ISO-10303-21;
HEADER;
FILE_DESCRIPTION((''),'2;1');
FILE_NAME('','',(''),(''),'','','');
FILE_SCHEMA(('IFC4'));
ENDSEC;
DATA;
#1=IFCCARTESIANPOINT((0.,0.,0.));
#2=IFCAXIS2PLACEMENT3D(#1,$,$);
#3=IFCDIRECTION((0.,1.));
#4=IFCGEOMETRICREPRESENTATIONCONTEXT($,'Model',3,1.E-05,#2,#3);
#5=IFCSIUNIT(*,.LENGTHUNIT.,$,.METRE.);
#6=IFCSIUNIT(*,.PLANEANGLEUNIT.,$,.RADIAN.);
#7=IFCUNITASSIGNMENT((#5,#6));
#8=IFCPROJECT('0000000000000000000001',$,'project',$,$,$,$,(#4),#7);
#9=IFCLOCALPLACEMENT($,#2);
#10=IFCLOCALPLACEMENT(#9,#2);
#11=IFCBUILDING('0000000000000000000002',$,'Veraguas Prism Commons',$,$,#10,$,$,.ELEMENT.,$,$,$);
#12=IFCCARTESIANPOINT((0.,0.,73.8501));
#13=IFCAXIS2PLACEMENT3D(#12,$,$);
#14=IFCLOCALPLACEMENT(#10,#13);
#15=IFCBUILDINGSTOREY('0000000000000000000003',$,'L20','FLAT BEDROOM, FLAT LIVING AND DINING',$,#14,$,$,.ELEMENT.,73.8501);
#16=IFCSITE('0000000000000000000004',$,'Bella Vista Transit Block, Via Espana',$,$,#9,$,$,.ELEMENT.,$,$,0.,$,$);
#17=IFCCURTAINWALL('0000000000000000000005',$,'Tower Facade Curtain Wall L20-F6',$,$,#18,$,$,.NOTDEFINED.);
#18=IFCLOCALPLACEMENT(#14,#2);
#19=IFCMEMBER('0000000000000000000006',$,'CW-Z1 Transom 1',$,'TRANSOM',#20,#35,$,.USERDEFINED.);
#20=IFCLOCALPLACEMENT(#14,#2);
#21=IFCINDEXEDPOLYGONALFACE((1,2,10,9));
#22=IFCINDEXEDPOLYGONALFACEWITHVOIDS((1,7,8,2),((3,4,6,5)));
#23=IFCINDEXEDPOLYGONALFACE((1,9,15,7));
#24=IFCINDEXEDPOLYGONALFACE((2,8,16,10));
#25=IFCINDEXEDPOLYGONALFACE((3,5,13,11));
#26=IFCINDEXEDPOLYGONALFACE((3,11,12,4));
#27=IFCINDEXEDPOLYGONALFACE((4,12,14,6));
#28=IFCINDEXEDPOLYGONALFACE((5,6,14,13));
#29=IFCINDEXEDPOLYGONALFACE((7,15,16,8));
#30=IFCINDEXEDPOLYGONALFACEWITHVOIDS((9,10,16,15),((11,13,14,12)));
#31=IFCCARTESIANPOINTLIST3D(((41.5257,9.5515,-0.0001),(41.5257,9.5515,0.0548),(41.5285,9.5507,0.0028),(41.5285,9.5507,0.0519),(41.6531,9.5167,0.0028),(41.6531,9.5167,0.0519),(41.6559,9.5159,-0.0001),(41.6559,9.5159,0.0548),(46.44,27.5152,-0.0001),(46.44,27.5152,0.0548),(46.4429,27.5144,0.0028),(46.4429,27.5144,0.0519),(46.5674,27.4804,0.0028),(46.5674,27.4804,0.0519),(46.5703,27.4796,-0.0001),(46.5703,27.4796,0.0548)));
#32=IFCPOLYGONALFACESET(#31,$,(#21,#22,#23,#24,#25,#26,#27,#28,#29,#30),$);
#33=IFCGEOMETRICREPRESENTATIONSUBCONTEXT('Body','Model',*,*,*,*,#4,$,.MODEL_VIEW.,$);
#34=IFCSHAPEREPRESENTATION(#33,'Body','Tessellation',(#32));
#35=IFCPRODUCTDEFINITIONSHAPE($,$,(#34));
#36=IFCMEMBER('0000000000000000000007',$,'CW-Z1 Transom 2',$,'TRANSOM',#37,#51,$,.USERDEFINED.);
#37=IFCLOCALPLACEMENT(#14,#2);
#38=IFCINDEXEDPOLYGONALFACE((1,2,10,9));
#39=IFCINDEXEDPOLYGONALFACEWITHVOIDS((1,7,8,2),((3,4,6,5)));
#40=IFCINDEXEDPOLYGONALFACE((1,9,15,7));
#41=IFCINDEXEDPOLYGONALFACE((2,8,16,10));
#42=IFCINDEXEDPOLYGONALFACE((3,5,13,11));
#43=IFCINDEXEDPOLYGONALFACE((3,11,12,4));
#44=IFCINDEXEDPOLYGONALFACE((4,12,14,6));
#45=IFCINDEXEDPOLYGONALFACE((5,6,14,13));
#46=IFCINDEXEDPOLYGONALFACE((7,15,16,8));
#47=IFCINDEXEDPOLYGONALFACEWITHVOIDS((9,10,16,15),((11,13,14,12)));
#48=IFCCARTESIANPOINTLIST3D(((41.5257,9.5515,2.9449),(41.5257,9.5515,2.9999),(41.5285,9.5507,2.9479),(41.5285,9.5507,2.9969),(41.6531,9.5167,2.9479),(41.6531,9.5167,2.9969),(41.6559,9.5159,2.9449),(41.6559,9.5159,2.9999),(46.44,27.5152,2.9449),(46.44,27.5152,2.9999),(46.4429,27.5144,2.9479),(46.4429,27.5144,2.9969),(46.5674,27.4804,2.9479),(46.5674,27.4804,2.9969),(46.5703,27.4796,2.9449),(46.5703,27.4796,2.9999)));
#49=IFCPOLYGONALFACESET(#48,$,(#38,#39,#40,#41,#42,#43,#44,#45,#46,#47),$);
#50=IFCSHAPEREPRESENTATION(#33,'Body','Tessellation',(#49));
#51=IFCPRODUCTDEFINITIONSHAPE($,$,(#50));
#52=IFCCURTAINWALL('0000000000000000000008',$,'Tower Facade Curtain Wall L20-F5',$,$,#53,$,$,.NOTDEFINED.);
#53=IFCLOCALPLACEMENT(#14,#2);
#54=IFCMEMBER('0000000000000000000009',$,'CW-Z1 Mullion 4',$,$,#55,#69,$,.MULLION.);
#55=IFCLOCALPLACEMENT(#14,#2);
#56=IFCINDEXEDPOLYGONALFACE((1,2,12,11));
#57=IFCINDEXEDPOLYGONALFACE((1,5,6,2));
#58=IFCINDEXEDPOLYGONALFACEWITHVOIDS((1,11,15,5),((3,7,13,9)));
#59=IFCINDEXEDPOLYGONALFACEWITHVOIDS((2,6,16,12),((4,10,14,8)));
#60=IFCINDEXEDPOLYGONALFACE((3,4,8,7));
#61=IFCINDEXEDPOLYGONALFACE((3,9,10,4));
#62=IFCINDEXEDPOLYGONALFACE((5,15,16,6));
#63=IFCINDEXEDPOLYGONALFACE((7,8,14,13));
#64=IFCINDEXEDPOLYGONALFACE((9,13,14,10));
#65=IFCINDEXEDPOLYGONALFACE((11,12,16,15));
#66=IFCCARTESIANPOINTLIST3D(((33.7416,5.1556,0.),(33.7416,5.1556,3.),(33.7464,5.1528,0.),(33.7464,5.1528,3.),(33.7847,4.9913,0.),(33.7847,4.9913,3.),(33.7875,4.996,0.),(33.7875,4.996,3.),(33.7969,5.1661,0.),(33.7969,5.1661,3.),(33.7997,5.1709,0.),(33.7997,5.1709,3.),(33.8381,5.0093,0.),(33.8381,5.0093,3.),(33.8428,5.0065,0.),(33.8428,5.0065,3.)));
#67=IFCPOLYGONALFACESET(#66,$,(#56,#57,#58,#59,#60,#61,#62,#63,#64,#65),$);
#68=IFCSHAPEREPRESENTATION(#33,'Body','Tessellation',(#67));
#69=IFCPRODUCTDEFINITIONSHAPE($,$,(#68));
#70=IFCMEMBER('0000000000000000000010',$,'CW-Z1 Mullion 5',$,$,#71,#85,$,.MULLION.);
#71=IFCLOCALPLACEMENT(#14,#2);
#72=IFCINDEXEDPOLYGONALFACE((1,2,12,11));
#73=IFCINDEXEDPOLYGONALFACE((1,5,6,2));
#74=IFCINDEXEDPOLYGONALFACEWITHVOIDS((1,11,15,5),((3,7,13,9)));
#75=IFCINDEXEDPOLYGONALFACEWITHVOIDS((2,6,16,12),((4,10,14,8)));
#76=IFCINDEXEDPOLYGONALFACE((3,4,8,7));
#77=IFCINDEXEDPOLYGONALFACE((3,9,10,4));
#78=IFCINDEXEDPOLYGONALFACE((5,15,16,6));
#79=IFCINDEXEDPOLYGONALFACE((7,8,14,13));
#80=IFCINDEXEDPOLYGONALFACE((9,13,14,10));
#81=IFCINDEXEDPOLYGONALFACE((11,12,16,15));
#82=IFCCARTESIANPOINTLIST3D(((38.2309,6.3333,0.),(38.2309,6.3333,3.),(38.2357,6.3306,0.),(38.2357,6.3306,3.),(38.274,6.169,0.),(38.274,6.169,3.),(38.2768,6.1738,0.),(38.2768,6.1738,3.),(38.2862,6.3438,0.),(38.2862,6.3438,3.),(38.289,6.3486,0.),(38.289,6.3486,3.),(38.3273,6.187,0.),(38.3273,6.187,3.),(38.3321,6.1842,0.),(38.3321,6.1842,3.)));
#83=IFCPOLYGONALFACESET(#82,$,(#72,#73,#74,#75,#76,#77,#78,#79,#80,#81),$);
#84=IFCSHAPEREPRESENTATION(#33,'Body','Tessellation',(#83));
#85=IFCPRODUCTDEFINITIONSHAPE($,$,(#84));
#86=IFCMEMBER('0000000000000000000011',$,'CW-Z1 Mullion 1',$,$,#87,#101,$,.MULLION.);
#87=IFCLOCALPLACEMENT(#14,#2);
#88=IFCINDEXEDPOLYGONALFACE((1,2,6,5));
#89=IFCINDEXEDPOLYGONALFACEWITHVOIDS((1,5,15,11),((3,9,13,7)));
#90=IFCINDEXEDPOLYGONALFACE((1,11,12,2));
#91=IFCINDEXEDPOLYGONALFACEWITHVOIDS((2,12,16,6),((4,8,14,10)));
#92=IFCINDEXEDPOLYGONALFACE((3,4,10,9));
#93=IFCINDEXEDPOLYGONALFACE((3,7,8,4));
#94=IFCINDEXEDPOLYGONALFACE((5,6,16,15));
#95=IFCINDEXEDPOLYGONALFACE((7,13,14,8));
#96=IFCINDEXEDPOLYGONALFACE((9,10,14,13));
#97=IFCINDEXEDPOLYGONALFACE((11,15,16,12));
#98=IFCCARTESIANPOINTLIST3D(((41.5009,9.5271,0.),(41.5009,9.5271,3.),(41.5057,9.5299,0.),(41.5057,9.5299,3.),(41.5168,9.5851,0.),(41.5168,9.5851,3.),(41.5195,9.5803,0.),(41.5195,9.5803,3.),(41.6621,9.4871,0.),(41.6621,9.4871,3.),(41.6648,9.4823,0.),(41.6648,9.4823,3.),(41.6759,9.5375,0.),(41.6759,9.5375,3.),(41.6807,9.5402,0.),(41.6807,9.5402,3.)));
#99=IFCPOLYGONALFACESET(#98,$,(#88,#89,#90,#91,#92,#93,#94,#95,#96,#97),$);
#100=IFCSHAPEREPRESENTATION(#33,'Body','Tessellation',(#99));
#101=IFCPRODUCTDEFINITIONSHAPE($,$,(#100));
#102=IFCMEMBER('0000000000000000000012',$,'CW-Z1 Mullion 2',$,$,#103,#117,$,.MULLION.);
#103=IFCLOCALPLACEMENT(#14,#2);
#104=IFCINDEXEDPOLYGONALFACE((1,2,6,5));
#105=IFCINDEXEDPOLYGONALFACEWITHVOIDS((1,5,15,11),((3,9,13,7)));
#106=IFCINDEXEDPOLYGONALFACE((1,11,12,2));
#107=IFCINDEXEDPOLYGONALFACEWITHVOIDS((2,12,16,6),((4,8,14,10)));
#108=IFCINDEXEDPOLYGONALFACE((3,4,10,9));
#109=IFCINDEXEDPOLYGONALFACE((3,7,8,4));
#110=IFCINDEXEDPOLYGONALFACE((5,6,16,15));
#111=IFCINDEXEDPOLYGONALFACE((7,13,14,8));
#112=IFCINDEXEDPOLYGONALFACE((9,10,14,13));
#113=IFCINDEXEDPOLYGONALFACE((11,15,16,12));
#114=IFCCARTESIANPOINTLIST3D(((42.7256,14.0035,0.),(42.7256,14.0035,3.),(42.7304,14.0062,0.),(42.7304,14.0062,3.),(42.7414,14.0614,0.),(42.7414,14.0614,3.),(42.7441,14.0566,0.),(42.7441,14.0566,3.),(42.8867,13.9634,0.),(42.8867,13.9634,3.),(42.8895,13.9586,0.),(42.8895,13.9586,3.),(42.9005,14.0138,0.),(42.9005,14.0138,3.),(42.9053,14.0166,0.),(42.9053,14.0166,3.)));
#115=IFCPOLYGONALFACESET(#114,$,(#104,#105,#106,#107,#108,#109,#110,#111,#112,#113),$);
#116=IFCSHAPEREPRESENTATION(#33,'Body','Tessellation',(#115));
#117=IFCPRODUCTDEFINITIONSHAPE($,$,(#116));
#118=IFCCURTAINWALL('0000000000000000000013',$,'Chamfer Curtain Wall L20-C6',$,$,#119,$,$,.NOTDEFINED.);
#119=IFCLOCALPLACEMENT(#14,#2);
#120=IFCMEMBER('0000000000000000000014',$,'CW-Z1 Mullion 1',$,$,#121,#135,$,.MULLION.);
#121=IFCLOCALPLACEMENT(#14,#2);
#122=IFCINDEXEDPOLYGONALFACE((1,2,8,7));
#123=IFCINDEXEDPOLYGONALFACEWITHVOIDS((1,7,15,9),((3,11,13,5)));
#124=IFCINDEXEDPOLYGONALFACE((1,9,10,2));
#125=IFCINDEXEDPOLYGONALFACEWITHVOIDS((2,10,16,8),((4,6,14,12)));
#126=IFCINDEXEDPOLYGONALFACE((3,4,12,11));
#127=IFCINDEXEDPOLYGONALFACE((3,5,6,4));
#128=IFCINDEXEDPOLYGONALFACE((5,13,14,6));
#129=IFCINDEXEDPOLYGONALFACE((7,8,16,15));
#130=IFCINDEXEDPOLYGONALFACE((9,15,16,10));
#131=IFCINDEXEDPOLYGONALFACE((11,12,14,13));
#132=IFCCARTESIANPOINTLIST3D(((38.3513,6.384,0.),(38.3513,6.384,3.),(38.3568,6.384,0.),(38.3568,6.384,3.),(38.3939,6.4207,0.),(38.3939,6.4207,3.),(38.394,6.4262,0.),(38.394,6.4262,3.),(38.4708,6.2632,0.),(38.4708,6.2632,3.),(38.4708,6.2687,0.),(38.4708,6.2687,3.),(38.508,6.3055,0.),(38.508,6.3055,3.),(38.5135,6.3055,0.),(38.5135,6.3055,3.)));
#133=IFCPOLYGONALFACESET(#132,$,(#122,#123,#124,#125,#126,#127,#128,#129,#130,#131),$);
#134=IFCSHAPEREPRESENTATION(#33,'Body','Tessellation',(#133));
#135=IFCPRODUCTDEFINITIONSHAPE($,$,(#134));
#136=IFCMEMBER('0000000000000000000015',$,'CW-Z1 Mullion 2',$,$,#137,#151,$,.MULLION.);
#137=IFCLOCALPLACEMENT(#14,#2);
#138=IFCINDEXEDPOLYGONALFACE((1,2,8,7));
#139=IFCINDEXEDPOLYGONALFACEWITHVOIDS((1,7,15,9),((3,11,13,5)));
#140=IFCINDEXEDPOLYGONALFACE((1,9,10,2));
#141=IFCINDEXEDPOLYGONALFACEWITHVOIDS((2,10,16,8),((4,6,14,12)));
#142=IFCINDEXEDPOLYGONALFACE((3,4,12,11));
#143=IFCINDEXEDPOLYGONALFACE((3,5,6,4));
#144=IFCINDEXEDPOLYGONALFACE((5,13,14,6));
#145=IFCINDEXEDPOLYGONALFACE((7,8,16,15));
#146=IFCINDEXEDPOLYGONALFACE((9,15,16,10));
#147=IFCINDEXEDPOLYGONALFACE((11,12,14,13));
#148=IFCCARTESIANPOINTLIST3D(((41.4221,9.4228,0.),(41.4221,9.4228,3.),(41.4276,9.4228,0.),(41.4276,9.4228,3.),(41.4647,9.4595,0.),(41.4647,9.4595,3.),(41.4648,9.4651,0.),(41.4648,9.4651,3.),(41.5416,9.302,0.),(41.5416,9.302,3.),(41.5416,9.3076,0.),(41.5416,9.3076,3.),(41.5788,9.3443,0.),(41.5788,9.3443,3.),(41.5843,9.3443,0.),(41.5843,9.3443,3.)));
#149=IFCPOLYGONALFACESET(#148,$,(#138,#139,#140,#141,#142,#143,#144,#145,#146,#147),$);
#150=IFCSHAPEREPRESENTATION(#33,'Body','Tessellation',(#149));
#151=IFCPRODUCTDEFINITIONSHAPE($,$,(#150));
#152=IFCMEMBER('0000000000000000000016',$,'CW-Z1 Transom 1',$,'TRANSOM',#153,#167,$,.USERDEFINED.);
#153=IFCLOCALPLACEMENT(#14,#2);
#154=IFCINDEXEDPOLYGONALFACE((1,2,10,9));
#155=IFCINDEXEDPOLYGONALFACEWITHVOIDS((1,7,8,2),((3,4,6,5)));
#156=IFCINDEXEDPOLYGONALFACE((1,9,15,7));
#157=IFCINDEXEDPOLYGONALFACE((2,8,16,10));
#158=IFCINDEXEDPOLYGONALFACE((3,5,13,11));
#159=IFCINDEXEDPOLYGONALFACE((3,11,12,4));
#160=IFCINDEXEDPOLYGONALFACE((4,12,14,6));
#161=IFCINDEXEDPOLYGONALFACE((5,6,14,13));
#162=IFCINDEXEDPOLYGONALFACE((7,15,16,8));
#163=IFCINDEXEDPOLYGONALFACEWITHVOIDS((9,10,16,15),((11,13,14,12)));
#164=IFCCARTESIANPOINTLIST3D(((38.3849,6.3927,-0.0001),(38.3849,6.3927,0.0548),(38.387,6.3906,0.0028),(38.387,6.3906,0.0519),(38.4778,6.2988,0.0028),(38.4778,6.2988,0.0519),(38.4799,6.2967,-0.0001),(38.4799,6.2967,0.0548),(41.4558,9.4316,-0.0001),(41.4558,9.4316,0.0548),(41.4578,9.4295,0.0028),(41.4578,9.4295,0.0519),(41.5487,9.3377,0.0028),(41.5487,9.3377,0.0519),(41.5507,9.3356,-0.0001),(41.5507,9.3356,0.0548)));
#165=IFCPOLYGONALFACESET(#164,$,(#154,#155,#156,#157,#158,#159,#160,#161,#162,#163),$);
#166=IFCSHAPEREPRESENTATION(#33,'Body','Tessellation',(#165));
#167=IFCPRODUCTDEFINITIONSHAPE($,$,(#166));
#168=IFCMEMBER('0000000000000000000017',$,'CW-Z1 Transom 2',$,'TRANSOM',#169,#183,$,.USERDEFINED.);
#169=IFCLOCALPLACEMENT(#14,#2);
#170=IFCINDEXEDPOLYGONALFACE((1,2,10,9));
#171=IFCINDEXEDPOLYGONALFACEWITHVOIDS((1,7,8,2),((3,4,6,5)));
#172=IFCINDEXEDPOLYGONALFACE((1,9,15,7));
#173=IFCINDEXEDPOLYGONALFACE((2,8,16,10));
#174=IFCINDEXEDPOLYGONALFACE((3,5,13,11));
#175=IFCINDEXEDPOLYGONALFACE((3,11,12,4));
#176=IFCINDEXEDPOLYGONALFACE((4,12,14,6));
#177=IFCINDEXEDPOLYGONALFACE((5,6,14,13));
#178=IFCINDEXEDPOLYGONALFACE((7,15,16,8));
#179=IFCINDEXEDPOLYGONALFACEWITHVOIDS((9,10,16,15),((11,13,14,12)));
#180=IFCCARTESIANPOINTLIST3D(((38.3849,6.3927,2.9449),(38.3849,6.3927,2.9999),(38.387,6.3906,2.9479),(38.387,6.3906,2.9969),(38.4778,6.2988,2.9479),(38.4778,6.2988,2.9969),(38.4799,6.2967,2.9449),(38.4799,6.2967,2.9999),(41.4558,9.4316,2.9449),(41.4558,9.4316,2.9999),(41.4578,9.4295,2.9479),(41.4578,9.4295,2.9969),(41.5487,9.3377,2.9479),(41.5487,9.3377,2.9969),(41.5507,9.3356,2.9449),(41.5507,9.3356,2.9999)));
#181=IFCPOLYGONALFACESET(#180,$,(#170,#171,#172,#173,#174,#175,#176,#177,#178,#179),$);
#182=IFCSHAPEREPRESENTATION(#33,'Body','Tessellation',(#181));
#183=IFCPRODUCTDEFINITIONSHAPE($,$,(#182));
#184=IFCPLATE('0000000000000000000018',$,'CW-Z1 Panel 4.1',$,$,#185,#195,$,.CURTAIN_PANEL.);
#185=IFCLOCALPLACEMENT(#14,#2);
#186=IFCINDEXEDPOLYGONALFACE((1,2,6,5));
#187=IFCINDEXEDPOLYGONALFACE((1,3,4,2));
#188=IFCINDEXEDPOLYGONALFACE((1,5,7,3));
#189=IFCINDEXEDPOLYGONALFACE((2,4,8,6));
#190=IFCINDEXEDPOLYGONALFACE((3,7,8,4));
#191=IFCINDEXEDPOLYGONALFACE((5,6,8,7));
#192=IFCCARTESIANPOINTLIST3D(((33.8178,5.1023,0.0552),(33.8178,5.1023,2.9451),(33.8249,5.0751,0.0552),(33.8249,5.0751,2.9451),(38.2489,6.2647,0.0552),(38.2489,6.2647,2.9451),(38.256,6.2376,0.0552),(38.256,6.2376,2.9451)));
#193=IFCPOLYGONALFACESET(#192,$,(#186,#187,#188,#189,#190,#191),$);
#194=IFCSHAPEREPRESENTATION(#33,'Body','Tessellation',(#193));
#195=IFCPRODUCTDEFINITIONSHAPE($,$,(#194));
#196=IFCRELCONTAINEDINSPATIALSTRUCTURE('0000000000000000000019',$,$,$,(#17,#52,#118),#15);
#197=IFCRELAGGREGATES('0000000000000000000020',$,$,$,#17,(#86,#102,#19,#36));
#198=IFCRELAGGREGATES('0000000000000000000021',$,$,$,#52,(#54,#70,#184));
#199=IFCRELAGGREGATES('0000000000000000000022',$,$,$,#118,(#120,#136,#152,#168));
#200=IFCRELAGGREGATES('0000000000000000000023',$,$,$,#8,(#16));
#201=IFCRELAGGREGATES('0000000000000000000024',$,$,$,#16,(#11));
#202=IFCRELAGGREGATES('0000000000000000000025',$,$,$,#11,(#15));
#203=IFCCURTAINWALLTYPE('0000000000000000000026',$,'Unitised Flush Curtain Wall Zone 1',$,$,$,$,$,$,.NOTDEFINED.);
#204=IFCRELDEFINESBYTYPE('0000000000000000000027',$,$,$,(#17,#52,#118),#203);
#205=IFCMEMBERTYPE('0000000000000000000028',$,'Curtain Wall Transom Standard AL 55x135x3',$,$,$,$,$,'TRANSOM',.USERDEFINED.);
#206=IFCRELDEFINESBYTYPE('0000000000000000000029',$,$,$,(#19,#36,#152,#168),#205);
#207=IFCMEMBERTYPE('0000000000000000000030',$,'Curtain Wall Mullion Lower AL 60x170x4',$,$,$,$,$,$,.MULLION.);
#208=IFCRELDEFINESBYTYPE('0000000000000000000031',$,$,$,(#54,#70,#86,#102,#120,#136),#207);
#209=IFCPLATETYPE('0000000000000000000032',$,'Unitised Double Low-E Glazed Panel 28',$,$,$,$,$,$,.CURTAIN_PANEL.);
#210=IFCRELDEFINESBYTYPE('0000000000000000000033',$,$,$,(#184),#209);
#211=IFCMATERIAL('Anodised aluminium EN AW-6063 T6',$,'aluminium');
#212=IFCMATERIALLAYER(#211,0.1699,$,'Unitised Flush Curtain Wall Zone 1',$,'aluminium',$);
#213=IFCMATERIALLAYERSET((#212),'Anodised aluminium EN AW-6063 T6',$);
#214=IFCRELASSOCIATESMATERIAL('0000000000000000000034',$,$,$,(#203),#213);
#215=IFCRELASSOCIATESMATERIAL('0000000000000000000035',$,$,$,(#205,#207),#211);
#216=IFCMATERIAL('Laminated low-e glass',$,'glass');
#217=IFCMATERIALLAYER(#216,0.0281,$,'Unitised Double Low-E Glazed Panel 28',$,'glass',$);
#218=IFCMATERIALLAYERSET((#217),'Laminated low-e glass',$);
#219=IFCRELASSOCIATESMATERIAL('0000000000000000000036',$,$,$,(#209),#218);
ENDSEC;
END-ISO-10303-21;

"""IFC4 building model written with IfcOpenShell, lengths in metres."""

from ifc_helpers import new_model, si_unit, direction, frame, origin, origin_2d, place, context, subcontext, project, spatial, rectangle, hollow_rectangle, extrude, source, transform, mapped, material, layer, layer_set, material_profile, profile_set, type_object, element, aggregate, save


model = new_model("IFC4")

# Units and contexts
model_context = context("Model", 3, precision=1e-05, world=origin(), true_north=direction((0.0, 1.0)))
body_context = subcontext(model_context, "Body", "Model", "MODEL_VIEW")
ifc_project = project(units=[si_unit("LENGTHUNIT", "METRE"), si_unit("PLANEANGLEUNIT", "RADIAN")], contexts=[model_context])

# Site, building, storey
site_placement = place(None, origin())
site = spatial("IfcSite", under=ifc_project, at=site_placement, Name="Bella Vista Transit Block, Via Espana", CompositionType="ELEMENT", RefElevation=0.0)
building_placement = place(site_placement, origin())
building = spatial("IfcBuilding", under=site, at=building_placement, Name="Veraguas Prism Commons", CompositionType="ELEMENT")
storey_placement = place(building_placement, frame((0.0, 0.0, 73.8501)))
storey = spatial("IfcBuildingStorey", under=building, at=storey_placement, Name="L20", Description="FLAT BEDROOM, FLAT LIVING AND DINING", CompositionType="ELEMENT", Elevation=73.8501)

# Curtain walls, members
ifc_material_1 = material(Name="Anodised aluminium EN AW-6063 T6", Category="aluminium")
ifc_layer_1 = layer(ifc_material_1, 0.1699, Name="Unitised Flush Curtain Wall Zone 1", Category="aluminium")
ifc_layer_set_1 = layer_set([ifc_layer_1], Name="Anodised aluminium EN AW-6063 T6")
curtain_wall_type = type_object("IfcCurtainWallType", Name="Unitised Flush Curtain Wall Zone 1", PredefinedType="NOTDEFINED", material=ifc_layer_set_1)
curtain_wall_1_placement = place(storey_placement, origin())
curtain_wall_1 = element("IfcCurtainWall", 1, at=curtain_wall_1_placement, inside=storey, type_object=curtain_wall_type, Name="Tower Facade Curtain Wall L20-F6", PredefinedType="NOTDEFINED")
ifc_material_profile_1 = material_profile(ifc_material_1, hollow_rectangle(XDim=0.0549, YDim=0.135, WallThickness=0.0029, at=origin_2d()), Name="AL55X135X3")
ifc_profile_set_1 = profile_set([ifc_material_profile_1], Name="Anodised aluminium EN AW-6063 T6")
member_type_1 = type_object("IfcMemberType", Name="Curtain Wall Transom Standard AL 55x135x3", ElementType="TRANSOM", PredefinedType="USERDEFINED", material=ifc_profile_set_1)
shared_shape_1 = source(origin(), body_context, "Body", "SweptSolid", [
    extrude(hollow_rectangle(XDim=0.0549, YDim=0.135, WallThickness=0.0029, at=origin_2d()), origin(), (0.0, 0.0, 1.0), 18.6238),
])
member_1_placement = place(storey_placement, frame((41.5908, 9.5337, 0.0273), z_axis=(0.263874, 0.964557, 0.0), x_axis=(0.0, 0.0, 1.0)))
member_1 = element("IfcMember", 2, at=member_1_placement, type_object=member_type_1, Name="CW-Z1 Transom 1", ObjectType="TRANSOM", PredefinedType="USERDEFINED", context=body_context, shape_type="MappedRepresentation", body=[
    mapped(shared_shape_1, transform((0.0, 0.0, 0.0), scale=1.0)),
])
member_2_placement = place(storey_placement, frame((41.5908, 9.5337, 2.9724), z_axis=(0.263874, 0.964557, 0.0), x_axis=(0.0, 0.0, 1.0)))
member_2 = element("IfcMember", 3, at=member_2_placement, type_object=member_type_1, Name="CW-Z1 Transom 2", ObjectType="TRANSOM", PredefinedType="USERDEFINED", context=body_context, shape_type="MappedRepresentation", body=[
    mapped(shared_shape_1, transform((0.0, 0.0, 0.0), scale=1.0)),
])
curtain_wall_2_placement = place(storey_placement, origin())
curtain_wall_2 = element("IfcCurtainWall", 4, at=curtain_wall_2_placement, inside=storey, type_object=curtain_wall_type, Name="Tower Facade Curtain Wall L20-F5", PredefinedType="NOTDEFINED")
ifc_material_profile_2 = material_profile(ifc_material_1, hollow_rectangle(XDim=0.0601, YDim=0.1699, WallThickness=0.0039, at=origin_2d()), Name="AL60X170X4")
ifc_profile_set_2 = profile_set([ifc_material_profile_2], Name="Anodised aluminium EN AW-6063 T6")
member_type_2 = type_object("IfcMemberType", Name="Curtain Wall Mullion Lower AL 60x170x4", PredefinedType="MULLION", material=ifc_profile_set_2)
shared_shape_2 = source(origin(), body_context, "Body", "SweptSolid", [
    extrude(hollow_rectangle(XDim=0.0601, YDim=0.1699, WallThickness=0.0039, at=origin_2d()), origin(), (0.0, 0.0, 1.0), 3.0),
])
member_3_placement = place(storey_placement, frame((33.7922, 5.0811, 0.0), z_axis=(0.0, 0.0, 1.0), x_axis=(0.967267, 0.25376, 0.0)))
member_3 = element("IfcMember", 5, at=member_3_placement, type_object=member_type_2, Name="CW-Z1 Mullion 4", PredefinedType="MULLION", context=body_context, shape_type="MappedRepresentation", body=[
    mapped(shared_shape_2, transform((0.0, 0.0, 0.0), scale=1.0)),
])
member_4_placement = place(storey_placement, frame((38.2815, 6.2588, 0.0), z_axis=(0.0, 0.0, 1.0), x_axis=(0.967267, 0.25376, 0.0)))
member_4 = element("IfcMember", 6, at=member_4_placement, type_object=member_type_2, Name="CW-Z1 Mullion 5", PredefinedType="MULLION", context=body_context, shape_type="MappedRepresentation", body=[
    mapped(shared_shape_2, transform((0.0, 0.0, 0.0), scale=1.0)),
])

# Members
member_5_placement = place(storey_placement, frame((41.5908, 9.5337, 0.0), z_axis=(0.0, 0.0, 1.0), x_axis=(0.26388, 0.964556, 0.0)))
member_5 = element("IfcMember", 7, at=member_5_placement, type_object=member_type_2, Name="CW-Z1 Mullion 1", PredefinedType="MULLION", context=body_context, shape_type="MappedRepresentation", body=[
    mapped(shared_shape_2, transform((0.0, 0.0, 0.0), scale=1.0)),
])
member_6_placement = place(storey_placement, frame((42.8154, 14.01, 0.0), z_axis=(0.0, 0.0, 1.0), x_axis=(0.26388, 0.964556, 0.0)))
member_6 = element("IfcMember", 8, at=member_6_placement, type_object=member_type_2, Name="CW-Z1 Mullion 2", PredefinedType="MULLION", context=body_context, shape_type="MappedRepresentation", body=[
    mapped(shared_shape_2, transform((0.0, 0.0, 0.0), scale=1.0)),
])

# Curtain wall, members
curtain_wall_3_placement = place(storey_placement, origin())
curtain_wall_3 = element("IfcCurtainWall", 9, at=curtain_wall_3_placement, inside=storey, type_object=curtain_wall_type, Name="Chamfer Curtain Wall L20-C6", PredefinedType="NOTDEFINED")
member_7_placement = place(storey_placement, frame((38.4324, 6.3447, 0.0), z_axis=(0.0, 0.0, 1.0), x_axis=(0.710807, 0.703387, 0.0)))
member_7 = element("IfcMember", 10, at=member_7_placement, type_object=member_type_2, Name="CW-Z1 Mullion 1", PredefinedType="MULLION", context=body_context, shape_type="MappedRepresentation", body=[
    mapped(shared_shape_2, transform((0.0, 0.0, 0.0), scale=1.0)),
])
member_8_placement = place(storey_placement, frame((41.5032, 9.3835, 0.0), z_axis=(0.0, 0.0, 1.0), x_axis=(0.710807, 0.703387, 0.0)))
member_8 = element("IfcMember", 11, at=member_8_placement, type_object=member_type_2, Name="CW-Z1 Mullion 2", PredefinedType="MULLION", context=body_context, shape_type="MappedRepresentation", body=[
    mapped(shared_shape_2, transform((0.0, 0.0, 0.0), scale=1.0)),
])
shared_shape_3 = source(origin(), body_context, "Body", "SweptSolid", [
    extrude(hollow_rectangle(XDim=0.0549, YDim=0.135, WallThickness=0.0029, at=origin_2d()), origin(), (0.0, 0.0, 1.0), 4.3203),
])
member_9_placement = place(storey_placement, frame((38.4324, 6.3447, 0.0273), z_axis=(0.710799, 0.703396, 0.0), x_axis=(0.0, 0.0, 1.0)))
member_9 = element("IfcMember", 12, at=member_9_placement, type_object=member_type_1, Name="CW-Z1 Transom 1", ObjectType="TRANSOM", PredefinedType="USERDEFINED", context=body_context, shape_type="MappedRepresentation", body=[
    mapped(shared_shape_3, transform((0.0, 0.0, 0.0), scale=1.0)),
])
member_10_placement = place(storey_placement, frame((38.4324, 6.3447, 2.9724), z_axis=(0.710799, 0.703396, 0.0), x_axis=(0.0, 0.0, 1.0)))
member_10 = element("IfcMember", 13, at=member_10_placement, type_object=member_type_1, Name="CW-Z1 Transom 2", ObjectType="TRANSOM", PredefinedType="USERDEFINED", context=body_context, shape_type="MappedRepresentation", body=[
    mapped(shared_shape_3, transform((0.0, 0.0, 0.0), scale=1.0)),
])

# Plate
ifc_material_2 = material(Name="Laminated low-e glass", Category="glass")
ifc_layer_2 = layer(ifc_material_2, 0.0281, Name="Unitised Double Low-E Glazed Panel 28", Category="glass")
ifc_layer_set_2 = layer_set([ifc_layer_2], Name="Laminated low-e glass")
plate_type = type_object("IfcPlateType", Name="Unitised Double Low-E Glazed Panel 28", PredefinedType="CURTAIN_PANEL", material=ifc_layer_set_2)
shared_shape_4 = source(origin(), body_context, "Body", "SweptSolid", [
    extrude(rectangle(XDim=4.5811, YDim=0.0281, at=origin_2d()), origin(), (0.0, 0.0, 1.0), 2.8899),
])
plate_1_placement = place(storey_placement, frame((36.0369, 5.6699, 0.0552), z_axis=(0.0, 0.0, 1.0), x_axis=(0.967267, 0.25376, 0.0)))
plate_1 = element("IfcPlate", 14, at=plate_1_placement, type_object=plate_type, Name="CW-Z1 Panel 4.1", PredefinedType="CURTAIN_PANEL", context=body_context, shape_type="MappedRepresentation", body=[
    mapped(shared_shape_4, transform((0.0, 0.0, 0.0), scale=1.0)),
])
aggregate(curtain_wall_1, [member_5, member_6, member_1, member_2])
aggregate(curtain_wall_2, [member_3, member_4, plate_1])
aggregate(curtain_wall_3, [member_7, member_8, member_9, member_10])

save(model, "model.ifc")
